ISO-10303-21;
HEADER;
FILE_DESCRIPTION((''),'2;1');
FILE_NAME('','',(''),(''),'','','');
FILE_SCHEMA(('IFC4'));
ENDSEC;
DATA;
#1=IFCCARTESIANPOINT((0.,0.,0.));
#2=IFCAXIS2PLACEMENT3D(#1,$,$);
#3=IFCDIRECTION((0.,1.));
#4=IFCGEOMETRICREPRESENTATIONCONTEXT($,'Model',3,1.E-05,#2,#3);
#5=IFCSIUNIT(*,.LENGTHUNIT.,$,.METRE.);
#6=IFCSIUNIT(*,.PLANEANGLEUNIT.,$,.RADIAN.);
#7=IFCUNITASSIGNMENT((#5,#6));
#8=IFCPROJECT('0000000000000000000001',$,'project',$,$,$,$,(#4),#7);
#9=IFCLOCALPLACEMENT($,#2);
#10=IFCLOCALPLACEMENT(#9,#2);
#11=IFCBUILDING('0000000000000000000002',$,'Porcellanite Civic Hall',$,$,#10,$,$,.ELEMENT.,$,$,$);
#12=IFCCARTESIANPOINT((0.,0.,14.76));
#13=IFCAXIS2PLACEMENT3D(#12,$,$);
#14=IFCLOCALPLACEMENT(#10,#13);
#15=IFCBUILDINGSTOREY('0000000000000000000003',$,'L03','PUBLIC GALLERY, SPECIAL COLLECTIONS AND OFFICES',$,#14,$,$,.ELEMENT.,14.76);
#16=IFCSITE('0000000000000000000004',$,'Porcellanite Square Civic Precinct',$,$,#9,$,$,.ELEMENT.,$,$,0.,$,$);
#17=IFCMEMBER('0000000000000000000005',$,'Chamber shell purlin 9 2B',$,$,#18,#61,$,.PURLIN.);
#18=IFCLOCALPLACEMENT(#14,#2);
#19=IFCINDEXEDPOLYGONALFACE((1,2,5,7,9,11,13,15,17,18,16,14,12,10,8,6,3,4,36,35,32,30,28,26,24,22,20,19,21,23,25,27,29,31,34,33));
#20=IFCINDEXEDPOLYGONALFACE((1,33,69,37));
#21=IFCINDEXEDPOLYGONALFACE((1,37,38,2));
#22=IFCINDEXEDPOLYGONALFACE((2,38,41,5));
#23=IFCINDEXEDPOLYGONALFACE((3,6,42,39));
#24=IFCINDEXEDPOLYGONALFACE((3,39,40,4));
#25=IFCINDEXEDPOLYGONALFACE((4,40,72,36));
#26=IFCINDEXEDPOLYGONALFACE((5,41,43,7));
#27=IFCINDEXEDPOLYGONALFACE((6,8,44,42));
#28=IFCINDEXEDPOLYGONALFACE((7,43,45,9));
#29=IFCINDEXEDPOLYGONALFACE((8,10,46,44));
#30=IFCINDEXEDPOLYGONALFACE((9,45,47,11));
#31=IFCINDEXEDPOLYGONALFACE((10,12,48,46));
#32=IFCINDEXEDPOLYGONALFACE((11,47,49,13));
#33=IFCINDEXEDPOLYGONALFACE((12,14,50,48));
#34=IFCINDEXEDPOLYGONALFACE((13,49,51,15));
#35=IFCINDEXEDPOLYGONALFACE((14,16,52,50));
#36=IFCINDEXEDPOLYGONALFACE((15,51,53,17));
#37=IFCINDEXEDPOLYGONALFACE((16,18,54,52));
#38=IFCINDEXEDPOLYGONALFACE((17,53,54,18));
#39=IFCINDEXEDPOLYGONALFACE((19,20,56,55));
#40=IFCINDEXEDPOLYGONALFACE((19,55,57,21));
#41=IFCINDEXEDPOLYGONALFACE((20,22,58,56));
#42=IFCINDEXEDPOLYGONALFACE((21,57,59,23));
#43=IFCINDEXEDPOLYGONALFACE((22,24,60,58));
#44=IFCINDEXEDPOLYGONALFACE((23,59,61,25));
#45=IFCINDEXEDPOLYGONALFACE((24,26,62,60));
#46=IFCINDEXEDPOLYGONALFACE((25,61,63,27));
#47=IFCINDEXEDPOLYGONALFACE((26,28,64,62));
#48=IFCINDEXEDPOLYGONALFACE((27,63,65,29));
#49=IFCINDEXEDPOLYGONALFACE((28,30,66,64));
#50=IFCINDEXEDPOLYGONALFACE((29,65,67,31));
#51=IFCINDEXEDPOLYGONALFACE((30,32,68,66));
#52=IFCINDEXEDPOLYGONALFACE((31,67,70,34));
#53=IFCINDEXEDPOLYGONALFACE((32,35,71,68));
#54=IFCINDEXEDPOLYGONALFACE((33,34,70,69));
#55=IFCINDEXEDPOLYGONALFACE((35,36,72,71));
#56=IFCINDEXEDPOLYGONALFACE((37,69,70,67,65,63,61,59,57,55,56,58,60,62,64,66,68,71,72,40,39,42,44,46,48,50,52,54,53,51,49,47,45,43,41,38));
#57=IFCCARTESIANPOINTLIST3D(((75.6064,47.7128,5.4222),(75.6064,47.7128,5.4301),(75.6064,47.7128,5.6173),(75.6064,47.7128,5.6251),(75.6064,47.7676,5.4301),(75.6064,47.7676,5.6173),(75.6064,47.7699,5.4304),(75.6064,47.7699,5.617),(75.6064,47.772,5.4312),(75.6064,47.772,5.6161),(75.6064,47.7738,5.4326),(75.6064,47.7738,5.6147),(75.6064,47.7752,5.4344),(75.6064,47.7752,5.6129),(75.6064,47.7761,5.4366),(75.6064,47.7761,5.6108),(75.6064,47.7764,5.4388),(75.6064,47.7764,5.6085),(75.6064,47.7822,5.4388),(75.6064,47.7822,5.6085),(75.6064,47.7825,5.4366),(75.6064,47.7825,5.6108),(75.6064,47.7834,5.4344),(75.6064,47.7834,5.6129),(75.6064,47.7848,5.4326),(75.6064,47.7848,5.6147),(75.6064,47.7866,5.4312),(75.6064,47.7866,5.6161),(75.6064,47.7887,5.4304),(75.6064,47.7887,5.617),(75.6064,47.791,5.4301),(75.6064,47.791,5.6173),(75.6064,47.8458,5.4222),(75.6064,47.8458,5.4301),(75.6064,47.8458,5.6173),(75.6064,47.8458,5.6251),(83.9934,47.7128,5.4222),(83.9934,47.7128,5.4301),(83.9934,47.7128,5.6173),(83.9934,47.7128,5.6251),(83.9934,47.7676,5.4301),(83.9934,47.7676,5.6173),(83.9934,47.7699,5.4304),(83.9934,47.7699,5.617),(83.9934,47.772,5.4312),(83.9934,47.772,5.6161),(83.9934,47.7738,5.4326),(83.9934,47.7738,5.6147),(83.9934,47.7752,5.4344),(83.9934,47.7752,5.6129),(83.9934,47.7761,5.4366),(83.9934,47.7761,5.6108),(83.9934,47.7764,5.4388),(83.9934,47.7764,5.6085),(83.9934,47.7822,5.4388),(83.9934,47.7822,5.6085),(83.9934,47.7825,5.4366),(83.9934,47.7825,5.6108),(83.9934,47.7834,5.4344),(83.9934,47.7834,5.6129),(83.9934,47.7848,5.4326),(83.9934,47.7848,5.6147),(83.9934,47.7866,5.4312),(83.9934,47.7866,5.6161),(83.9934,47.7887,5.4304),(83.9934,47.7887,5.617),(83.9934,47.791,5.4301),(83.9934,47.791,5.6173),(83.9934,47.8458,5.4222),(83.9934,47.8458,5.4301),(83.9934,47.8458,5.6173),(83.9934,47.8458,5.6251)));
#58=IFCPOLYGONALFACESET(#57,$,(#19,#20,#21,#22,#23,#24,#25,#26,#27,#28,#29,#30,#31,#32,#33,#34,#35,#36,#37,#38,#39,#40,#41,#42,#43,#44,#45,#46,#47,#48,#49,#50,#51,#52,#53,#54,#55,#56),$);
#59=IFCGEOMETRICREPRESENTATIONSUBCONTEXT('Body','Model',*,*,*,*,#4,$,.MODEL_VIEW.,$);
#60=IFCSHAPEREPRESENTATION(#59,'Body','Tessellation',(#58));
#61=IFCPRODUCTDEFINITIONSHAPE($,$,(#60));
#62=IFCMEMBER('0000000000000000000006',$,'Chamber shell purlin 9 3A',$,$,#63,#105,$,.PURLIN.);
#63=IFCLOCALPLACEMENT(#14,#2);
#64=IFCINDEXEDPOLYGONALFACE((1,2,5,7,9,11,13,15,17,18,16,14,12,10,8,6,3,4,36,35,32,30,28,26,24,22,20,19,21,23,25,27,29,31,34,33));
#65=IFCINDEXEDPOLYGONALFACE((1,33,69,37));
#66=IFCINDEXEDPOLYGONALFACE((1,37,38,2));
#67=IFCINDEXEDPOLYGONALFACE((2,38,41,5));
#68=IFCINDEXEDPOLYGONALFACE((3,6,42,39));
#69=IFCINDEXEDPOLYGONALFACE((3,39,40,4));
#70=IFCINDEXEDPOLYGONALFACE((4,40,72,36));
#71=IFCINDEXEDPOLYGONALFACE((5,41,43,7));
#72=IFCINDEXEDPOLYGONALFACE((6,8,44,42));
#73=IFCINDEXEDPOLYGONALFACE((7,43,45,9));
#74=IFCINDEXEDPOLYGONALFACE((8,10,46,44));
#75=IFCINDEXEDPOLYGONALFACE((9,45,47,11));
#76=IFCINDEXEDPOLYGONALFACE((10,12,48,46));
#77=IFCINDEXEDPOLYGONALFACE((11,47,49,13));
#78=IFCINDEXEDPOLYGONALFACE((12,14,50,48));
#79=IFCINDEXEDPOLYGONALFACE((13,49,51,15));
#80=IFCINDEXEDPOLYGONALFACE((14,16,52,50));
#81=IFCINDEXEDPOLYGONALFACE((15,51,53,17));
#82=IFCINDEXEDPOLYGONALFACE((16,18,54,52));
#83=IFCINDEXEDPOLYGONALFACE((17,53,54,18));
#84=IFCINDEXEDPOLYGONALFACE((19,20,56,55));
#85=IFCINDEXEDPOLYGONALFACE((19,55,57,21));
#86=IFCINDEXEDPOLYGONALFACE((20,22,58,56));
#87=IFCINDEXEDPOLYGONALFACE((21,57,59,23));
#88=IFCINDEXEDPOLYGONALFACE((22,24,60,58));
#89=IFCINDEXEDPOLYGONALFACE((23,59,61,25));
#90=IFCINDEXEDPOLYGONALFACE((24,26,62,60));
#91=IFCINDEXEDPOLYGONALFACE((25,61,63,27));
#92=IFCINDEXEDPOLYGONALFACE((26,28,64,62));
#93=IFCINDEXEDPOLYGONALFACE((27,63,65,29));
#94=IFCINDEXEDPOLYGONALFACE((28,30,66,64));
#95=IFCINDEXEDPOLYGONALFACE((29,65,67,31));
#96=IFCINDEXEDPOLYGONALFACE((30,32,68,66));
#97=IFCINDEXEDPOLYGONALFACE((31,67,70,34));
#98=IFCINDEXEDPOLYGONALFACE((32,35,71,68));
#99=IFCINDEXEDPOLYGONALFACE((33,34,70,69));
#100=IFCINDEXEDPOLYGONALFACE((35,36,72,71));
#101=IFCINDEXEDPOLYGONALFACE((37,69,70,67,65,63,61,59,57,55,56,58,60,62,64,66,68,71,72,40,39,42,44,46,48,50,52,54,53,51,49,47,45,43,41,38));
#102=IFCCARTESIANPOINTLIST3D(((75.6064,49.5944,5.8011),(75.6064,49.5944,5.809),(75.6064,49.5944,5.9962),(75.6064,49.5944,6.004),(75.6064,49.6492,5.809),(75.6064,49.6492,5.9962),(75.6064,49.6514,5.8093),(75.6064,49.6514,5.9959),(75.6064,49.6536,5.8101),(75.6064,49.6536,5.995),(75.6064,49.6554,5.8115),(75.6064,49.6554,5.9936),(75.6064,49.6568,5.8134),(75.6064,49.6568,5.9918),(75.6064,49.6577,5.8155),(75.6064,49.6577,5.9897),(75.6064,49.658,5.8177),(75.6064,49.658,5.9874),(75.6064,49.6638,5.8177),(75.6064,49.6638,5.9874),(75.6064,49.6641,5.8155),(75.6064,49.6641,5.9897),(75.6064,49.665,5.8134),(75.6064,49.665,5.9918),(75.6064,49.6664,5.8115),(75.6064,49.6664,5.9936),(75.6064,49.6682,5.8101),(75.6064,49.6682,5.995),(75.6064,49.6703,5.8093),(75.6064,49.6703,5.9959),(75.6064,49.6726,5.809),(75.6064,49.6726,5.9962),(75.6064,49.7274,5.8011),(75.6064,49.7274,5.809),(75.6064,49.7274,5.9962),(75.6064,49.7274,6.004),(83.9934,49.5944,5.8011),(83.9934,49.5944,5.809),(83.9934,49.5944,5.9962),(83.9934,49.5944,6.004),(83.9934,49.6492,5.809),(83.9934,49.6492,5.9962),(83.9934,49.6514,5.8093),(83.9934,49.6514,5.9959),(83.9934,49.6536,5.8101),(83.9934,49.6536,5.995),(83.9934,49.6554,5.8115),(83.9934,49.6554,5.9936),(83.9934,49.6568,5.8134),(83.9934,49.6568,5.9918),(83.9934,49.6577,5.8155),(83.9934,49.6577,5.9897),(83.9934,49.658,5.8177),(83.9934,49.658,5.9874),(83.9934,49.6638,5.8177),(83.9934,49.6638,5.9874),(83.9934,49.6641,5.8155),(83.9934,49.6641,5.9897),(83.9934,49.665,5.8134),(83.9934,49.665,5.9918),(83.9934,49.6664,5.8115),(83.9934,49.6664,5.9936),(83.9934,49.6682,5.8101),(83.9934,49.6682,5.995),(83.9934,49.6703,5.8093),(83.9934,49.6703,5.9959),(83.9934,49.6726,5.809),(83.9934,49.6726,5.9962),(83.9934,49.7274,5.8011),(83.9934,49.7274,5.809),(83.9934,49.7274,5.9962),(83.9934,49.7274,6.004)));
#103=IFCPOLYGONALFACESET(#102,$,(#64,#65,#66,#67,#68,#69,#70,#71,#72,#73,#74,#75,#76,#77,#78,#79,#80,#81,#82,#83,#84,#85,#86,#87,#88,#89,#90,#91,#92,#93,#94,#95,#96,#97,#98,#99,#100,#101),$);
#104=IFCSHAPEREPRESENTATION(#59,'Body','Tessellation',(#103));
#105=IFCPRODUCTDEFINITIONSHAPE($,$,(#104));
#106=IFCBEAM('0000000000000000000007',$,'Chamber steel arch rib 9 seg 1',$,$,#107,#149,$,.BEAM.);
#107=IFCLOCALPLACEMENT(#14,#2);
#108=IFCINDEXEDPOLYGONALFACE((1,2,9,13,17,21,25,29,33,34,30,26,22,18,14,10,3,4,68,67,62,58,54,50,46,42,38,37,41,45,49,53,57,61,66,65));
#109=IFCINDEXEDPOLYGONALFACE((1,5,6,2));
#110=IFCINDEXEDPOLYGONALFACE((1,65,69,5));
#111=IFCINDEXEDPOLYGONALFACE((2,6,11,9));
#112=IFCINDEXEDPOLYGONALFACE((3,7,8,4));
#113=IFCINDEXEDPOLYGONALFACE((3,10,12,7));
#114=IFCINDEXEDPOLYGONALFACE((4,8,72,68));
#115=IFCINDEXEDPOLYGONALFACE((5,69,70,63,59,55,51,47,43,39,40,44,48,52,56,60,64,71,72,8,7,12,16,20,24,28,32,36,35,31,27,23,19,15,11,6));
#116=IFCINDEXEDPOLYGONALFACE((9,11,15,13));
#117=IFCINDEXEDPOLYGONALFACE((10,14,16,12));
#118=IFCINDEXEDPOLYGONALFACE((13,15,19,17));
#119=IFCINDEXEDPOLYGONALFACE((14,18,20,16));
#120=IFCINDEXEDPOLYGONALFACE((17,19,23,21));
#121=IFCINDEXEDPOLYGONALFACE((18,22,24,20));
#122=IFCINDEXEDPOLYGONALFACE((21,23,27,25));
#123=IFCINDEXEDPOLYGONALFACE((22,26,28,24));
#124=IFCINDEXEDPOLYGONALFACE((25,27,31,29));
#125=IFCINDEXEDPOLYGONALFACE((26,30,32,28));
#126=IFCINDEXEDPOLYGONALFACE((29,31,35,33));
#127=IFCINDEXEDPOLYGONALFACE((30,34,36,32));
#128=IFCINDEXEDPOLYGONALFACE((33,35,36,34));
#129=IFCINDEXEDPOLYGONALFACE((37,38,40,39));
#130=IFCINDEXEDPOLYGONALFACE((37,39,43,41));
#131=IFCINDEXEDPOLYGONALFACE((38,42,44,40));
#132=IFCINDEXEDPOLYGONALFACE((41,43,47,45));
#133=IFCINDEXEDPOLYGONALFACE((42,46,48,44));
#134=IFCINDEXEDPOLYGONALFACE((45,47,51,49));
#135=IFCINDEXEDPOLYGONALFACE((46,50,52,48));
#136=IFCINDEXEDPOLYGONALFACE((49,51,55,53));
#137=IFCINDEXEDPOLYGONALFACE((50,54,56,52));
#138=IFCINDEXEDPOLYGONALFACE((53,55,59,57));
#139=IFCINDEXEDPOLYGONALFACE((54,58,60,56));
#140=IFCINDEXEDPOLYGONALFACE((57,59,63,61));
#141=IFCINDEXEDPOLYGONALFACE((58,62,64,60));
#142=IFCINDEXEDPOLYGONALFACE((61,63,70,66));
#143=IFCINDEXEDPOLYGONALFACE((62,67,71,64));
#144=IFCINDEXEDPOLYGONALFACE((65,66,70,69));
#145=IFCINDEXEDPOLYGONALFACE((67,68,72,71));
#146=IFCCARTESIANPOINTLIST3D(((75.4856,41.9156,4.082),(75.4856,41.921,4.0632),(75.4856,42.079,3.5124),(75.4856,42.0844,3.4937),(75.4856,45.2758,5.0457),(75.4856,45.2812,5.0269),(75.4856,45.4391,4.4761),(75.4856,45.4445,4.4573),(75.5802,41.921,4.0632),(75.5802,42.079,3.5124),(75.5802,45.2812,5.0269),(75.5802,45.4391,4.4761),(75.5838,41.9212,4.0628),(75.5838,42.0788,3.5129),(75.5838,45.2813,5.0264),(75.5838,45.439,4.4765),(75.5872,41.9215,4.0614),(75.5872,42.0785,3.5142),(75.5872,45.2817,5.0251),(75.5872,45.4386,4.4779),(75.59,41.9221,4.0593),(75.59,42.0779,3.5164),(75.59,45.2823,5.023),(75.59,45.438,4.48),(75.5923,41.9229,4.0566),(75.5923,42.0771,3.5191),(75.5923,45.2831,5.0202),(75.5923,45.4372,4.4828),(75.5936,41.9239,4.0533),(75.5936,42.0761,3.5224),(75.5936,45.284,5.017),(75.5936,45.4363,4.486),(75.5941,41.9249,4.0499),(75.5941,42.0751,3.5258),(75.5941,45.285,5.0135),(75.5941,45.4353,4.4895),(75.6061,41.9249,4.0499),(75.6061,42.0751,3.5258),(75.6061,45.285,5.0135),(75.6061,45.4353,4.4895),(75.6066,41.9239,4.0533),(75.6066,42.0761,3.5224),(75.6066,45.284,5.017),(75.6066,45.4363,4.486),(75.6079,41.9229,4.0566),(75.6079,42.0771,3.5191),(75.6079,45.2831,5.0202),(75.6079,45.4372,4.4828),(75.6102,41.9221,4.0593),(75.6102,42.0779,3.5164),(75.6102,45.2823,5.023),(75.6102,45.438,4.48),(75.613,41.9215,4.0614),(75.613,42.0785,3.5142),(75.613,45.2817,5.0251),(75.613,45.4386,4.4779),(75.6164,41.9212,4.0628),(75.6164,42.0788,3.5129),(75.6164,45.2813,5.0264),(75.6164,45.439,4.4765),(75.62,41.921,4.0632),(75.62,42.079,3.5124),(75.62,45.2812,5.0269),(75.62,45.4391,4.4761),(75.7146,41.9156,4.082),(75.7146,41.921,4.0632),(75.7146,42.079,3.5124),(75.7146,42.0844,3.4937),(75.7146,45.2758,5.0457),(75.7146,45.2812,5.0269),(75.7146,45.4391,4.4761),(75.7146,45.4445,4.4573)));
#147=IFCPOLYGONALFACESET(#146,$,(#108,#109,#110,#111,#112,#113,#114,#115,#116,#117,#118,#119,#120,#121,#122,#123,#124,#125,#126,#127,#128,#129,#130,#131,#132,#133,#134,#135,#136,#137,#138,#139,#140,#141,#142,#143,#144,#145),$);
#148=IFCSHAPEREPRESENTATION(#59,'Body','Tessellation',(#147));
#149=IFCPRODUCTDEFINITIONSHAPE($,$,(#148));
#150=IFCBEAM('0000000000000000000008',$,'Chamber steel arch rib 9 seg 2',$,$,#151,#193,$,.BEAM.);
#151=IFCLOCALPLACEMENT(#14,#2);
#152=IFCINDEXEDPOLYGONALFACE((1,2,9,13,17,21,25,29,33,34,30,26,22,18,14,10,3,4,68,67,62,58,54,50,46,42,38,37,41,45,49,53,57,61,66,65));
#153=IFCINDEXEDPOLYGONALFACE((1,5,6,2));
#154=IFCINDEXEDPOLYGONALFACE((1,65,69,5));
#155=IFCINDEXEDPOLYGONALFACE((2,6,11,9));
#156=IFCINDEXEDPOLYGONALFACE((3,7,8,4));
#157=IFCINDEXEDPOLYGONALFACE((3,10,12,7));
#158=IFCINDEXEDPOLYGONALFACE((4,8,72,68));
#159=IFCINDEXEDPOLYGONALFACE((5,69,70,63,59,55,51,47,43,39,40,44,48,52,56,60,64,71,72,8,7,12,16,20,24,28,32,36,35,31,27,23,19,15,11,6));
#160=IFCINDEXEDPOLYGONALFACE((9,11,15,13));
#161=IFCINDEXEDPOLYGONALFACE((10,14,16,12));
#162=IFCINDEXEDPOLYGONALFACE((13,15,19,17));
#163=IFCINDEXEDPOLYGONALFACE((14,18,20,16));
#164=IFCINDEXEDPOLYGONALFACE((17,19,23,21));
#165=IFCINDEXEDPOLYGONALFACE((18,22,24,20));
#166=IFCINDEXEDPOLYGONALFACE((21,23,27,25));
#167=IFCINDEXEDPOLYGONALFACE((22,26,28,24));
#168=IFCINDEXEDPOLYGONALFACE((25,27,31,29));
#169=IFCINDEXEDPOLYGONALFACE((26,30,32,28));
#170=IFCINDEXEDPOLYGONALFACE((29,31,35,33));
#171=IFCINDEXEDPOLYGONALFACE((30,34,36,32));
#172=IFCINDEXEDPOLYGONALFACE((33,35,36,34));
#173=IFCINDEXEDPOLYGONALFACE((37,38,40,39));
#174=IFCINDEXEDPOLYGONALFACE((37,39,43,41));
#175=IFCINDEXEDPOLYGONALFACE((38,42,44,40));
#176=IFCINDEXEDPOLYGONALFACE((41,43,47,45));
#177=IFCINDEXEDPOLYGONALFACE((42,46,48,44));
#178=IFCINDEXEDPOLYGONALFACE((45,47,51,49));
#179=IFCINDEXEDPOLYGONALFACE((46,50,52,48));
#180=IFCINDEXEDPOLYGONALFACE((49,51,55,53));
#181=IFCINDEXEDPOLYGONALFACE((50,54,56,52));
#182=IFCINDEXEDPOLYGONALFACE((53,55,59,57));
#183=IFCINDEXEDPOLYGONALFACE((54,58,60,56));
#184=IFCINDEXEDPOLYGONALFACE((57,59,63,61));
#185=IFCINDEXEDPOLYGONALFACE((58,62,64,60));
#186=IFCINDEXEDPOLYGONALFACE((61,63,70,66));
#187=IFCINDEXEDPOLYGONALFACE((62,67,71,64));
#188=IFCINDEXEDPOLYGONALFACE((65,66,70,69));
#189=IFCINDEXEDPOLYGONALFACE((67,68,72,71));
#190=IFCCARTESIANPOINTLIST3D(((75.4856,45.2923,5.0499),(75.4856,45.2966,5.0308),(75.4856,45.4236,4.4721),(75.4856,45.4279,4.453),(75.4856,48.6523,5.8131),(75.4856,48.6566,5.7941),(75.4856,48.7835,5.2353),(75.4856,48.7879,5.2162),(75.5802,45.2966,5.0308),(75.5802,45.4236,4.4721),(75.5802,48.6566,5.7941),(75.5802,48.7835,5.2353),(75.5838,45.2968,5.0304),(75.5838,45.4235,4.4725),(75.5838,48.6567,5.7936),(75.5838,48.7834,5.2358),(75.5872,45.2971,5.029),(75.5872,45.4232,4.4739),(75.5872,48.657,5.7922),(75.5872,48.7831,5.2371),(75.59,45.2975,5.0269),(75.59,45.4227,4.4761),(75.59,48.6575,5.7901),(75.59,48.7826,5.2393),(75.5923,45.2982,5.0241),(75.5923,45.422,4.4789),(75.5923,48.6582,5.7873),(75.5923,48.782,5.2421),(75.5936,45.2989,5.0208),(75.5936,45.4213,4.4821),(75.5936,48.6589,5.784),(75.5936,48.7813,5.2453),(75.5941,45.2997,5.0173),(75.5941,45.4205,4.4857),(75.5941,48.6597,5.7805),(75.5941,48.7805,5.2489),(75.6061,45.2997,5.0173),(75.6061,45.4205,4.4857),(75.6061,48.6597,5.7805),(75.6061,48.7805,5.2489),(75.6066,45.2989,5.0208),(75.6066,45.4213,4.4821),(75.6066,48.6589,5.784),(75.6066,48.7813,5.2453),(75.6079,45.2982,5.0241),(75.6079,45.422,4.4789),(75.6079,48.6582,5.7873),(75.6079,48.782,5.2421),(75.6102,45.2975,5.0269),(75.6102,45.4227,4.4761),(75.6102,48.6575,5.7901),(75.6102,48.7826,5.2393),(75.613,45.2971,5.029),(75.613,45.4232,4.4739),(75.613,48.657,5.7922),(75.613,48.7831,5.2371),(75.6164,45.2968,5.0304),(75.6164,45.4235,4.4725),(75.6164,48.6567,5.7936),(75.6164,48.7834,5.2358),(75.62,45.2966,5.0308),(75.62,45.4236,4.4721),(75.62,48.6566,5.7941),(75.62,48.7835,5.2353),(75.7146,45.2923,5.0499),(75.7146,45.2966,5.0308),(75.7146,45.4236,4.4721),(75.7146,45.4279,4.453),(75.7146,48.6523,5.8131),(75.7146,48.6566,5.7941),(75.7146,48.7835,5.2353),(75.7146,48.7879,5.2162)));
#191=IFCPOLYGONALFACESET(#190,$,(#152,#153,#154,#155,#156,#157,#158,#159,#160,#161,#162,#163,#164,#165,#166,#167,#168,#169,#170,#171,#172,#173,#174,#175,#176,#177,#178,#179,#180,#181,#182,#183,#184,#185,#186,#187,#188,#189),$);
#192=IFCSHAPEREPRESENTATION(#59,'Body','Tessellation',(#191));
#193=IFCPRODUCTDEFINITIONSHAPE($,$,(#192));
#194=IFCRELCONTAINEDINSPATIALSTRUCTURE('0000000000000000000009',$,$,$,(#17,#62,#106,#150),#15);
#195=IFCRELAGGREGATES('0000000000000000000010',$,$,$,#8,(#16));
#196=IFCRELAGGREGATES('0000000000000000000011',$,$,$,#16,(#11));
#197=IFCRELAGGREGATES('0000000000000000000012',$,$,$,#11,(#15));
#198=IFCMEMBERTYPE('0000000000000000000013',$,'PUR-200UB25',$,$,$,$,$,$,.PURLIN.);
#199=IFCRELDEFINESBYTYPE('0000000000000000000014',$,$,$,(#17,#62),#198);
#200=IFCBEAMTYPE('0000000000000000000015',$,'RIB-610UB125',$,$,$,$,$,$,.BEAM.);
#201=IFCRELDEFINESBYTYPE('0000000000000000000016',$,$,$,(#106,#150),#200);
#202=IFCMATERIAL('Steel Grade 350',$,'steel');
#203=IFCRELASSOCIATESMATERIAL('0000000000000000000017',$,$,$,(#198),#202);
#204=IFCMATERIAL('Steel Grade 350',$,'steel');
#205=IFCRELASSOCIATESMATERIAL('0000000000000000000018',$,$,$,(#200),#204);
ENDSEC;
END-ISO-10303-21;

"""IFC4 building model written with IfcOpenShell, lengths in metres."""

from ifc_helpers import new_model, si_unit, direction, frame, origin, origin_2d, place, context, subcontext, project, spatial, i_section, extrude, material, material_profile, profile_set, type_object, element, save


model = new_model("IFC4")

# Units and contexts
model_context = context("Model", 3, precision=1e-05, world=origin(), true_north=direction((0.0, 1.0)))
body_context = subcontext(model_context, "Body", "Model", "MODEL_VIEW")
ifc_project = project(units=[si_unit("LENGTHUNIT", "METRE"), si_unit("PLANEANGLEUNIT", "RADIAN")], contexts=[model_context])

# Site, building, storey
site_placement = place(None, origin())
site = spatial("IfcSite", under=ifc_project, at=site_placement, Name="Porcellanite Square Civic Precinct", CompositionType="ELEMENT", RefElevation=0.0)
building_placement = place(site_placement, origin())
building = spatial("IfcBuilding", under=site, at=building_placement, Name="Porcellanite Civic Hall", CompositionType="ELEMENT")
storey_placement = place(building_placement, frame((0.0, 0.0, 14.76)))
storey = spatial("IfcBuildingStorey", under=building, at=storey_placement, Name="L03", Description="PUBLIC GALLERY, SPECIAL COLLECTIONS AND OFFICES", CompositionType="ELEMENT", Elevation=14.76)

# Members
ifc_material_1 = material(Name="Steel Grade 350", Category="steel")
ifc_material_profile_1 = material_profile(ifc_material_1, i_section(OverallWidth=0.1331, OverallDepth=0.2029, WebThickness=0.0059, FlangeThickness=0.0078, FilletRadius=0.0088, at=origin_2d()), Name="200UB25.4")
ifc_profile_set_1 = profile_set([ifc_material_profile_1], Name="Steel Grade 350")
member_type_1 = type_object("IfcMemberType", Name="PUR-200UB25", PredefinedType="PURLIN", material=ifc_profile_set_1)
for number, where, z_axis, x_axis, name in (
    (1, (75.6064, 47.7793, 5.5237), (1.0, 0.0, 0.0), (0.0, 1.0, 0.0), "Chamber shell purlin 9 2B"),
    (2, (75.6064, 49.6609, 5.9026), (1.0, 0.0, 0.0), (0.0, 1.0, 0.0), "Chamber shell purlin 9 3A"),
):
    element("IfcMember", number, at=place(storey_placement, frame(where, z_axis=z_axis, x_axis=x_axis)), inside=storey, type_object=member_type_1, Name=name, PredefinedType="PURLIN", context=body_context, shape_type="SweptSolid", body=[
        extrude(i_section(OverallWidth=0.1331, OverallDepth=0.2029, WebThickness=0.0059, FlangeThickness=0.0078, FilletRadius=0.0088, at=origin_2d()), origin(), (0.0, 0.0, 1.0), 8.387),
    ])

# Beams
ifc_material_2 = material(Name="Steel Grade 350", Category="steel")
ifc_material_profile_2 = material_profile(ifc_material_2, i_section(OverallWidth=0.229, OverallDepth=0.6121, WebThickness=0.012, FlangeThickness=0.0195, FilletRadius=0.0139, at=origin_2d()), Name="610UB125")
ifc_profile_set_2 = profile_set([ifc_material_profile_2], Name="Steel Grade 350")
beam_type_1 = type_object("IfcBeamType", Name="RIB-610UB125", PredefinedType="BEAM", material=ifc_profile_set_2)
beam_1_placement = place(storey_placement, frame((75.6001, 42.0, 3.7878), z_axis=(0.0, 0.961252, 0.275671), x_axis=(-1.0, 0.0, 0.0)))
element("IfcBeam", 3, at=beam_1_placement, inside=storey, type_object=beam_type_1, Name="Chamber steel arch rib 9 seg 1", PredefinedType="BEAM", context=body_context, shape_type="SweptSolid", body=[
    extrude(i_section(OverallWidth=0.229, OverallDepth=0.6121, WebThickness=0.012, FlangeThickness=0.0195, FilletRadius=0.0139, at=origin_2d()), origin(), (0.0, 0.0, 1.0), 3.4956),
])
beam_2_placement = place(storey_placement, frame((75.6001, 45.3601, 4.7515), z_axis=(0.0, 0.975159, 0.221505), x_axis=(-1.0, 0.0, 0.0)))
element("IfcBeam", 4, at=beam_2_placement, inside=storey, type_object=beam_type_1, Name="Chamber steel arch rib 9 seg 2", PredefinedType="BEAM", context=body_context, shape_type="SweptSolid", body=[
    extrude(i_section(OverallWidth=0.229, OverallDepth=0.6121, WebThickness=0.012, FlangeThickness=0.0195, FilletRadius=0.0139, at=origin_2d()), origin(), (0.0, 0.0, 1.0), 3.4456),
])

save(model, "model.ifc")
